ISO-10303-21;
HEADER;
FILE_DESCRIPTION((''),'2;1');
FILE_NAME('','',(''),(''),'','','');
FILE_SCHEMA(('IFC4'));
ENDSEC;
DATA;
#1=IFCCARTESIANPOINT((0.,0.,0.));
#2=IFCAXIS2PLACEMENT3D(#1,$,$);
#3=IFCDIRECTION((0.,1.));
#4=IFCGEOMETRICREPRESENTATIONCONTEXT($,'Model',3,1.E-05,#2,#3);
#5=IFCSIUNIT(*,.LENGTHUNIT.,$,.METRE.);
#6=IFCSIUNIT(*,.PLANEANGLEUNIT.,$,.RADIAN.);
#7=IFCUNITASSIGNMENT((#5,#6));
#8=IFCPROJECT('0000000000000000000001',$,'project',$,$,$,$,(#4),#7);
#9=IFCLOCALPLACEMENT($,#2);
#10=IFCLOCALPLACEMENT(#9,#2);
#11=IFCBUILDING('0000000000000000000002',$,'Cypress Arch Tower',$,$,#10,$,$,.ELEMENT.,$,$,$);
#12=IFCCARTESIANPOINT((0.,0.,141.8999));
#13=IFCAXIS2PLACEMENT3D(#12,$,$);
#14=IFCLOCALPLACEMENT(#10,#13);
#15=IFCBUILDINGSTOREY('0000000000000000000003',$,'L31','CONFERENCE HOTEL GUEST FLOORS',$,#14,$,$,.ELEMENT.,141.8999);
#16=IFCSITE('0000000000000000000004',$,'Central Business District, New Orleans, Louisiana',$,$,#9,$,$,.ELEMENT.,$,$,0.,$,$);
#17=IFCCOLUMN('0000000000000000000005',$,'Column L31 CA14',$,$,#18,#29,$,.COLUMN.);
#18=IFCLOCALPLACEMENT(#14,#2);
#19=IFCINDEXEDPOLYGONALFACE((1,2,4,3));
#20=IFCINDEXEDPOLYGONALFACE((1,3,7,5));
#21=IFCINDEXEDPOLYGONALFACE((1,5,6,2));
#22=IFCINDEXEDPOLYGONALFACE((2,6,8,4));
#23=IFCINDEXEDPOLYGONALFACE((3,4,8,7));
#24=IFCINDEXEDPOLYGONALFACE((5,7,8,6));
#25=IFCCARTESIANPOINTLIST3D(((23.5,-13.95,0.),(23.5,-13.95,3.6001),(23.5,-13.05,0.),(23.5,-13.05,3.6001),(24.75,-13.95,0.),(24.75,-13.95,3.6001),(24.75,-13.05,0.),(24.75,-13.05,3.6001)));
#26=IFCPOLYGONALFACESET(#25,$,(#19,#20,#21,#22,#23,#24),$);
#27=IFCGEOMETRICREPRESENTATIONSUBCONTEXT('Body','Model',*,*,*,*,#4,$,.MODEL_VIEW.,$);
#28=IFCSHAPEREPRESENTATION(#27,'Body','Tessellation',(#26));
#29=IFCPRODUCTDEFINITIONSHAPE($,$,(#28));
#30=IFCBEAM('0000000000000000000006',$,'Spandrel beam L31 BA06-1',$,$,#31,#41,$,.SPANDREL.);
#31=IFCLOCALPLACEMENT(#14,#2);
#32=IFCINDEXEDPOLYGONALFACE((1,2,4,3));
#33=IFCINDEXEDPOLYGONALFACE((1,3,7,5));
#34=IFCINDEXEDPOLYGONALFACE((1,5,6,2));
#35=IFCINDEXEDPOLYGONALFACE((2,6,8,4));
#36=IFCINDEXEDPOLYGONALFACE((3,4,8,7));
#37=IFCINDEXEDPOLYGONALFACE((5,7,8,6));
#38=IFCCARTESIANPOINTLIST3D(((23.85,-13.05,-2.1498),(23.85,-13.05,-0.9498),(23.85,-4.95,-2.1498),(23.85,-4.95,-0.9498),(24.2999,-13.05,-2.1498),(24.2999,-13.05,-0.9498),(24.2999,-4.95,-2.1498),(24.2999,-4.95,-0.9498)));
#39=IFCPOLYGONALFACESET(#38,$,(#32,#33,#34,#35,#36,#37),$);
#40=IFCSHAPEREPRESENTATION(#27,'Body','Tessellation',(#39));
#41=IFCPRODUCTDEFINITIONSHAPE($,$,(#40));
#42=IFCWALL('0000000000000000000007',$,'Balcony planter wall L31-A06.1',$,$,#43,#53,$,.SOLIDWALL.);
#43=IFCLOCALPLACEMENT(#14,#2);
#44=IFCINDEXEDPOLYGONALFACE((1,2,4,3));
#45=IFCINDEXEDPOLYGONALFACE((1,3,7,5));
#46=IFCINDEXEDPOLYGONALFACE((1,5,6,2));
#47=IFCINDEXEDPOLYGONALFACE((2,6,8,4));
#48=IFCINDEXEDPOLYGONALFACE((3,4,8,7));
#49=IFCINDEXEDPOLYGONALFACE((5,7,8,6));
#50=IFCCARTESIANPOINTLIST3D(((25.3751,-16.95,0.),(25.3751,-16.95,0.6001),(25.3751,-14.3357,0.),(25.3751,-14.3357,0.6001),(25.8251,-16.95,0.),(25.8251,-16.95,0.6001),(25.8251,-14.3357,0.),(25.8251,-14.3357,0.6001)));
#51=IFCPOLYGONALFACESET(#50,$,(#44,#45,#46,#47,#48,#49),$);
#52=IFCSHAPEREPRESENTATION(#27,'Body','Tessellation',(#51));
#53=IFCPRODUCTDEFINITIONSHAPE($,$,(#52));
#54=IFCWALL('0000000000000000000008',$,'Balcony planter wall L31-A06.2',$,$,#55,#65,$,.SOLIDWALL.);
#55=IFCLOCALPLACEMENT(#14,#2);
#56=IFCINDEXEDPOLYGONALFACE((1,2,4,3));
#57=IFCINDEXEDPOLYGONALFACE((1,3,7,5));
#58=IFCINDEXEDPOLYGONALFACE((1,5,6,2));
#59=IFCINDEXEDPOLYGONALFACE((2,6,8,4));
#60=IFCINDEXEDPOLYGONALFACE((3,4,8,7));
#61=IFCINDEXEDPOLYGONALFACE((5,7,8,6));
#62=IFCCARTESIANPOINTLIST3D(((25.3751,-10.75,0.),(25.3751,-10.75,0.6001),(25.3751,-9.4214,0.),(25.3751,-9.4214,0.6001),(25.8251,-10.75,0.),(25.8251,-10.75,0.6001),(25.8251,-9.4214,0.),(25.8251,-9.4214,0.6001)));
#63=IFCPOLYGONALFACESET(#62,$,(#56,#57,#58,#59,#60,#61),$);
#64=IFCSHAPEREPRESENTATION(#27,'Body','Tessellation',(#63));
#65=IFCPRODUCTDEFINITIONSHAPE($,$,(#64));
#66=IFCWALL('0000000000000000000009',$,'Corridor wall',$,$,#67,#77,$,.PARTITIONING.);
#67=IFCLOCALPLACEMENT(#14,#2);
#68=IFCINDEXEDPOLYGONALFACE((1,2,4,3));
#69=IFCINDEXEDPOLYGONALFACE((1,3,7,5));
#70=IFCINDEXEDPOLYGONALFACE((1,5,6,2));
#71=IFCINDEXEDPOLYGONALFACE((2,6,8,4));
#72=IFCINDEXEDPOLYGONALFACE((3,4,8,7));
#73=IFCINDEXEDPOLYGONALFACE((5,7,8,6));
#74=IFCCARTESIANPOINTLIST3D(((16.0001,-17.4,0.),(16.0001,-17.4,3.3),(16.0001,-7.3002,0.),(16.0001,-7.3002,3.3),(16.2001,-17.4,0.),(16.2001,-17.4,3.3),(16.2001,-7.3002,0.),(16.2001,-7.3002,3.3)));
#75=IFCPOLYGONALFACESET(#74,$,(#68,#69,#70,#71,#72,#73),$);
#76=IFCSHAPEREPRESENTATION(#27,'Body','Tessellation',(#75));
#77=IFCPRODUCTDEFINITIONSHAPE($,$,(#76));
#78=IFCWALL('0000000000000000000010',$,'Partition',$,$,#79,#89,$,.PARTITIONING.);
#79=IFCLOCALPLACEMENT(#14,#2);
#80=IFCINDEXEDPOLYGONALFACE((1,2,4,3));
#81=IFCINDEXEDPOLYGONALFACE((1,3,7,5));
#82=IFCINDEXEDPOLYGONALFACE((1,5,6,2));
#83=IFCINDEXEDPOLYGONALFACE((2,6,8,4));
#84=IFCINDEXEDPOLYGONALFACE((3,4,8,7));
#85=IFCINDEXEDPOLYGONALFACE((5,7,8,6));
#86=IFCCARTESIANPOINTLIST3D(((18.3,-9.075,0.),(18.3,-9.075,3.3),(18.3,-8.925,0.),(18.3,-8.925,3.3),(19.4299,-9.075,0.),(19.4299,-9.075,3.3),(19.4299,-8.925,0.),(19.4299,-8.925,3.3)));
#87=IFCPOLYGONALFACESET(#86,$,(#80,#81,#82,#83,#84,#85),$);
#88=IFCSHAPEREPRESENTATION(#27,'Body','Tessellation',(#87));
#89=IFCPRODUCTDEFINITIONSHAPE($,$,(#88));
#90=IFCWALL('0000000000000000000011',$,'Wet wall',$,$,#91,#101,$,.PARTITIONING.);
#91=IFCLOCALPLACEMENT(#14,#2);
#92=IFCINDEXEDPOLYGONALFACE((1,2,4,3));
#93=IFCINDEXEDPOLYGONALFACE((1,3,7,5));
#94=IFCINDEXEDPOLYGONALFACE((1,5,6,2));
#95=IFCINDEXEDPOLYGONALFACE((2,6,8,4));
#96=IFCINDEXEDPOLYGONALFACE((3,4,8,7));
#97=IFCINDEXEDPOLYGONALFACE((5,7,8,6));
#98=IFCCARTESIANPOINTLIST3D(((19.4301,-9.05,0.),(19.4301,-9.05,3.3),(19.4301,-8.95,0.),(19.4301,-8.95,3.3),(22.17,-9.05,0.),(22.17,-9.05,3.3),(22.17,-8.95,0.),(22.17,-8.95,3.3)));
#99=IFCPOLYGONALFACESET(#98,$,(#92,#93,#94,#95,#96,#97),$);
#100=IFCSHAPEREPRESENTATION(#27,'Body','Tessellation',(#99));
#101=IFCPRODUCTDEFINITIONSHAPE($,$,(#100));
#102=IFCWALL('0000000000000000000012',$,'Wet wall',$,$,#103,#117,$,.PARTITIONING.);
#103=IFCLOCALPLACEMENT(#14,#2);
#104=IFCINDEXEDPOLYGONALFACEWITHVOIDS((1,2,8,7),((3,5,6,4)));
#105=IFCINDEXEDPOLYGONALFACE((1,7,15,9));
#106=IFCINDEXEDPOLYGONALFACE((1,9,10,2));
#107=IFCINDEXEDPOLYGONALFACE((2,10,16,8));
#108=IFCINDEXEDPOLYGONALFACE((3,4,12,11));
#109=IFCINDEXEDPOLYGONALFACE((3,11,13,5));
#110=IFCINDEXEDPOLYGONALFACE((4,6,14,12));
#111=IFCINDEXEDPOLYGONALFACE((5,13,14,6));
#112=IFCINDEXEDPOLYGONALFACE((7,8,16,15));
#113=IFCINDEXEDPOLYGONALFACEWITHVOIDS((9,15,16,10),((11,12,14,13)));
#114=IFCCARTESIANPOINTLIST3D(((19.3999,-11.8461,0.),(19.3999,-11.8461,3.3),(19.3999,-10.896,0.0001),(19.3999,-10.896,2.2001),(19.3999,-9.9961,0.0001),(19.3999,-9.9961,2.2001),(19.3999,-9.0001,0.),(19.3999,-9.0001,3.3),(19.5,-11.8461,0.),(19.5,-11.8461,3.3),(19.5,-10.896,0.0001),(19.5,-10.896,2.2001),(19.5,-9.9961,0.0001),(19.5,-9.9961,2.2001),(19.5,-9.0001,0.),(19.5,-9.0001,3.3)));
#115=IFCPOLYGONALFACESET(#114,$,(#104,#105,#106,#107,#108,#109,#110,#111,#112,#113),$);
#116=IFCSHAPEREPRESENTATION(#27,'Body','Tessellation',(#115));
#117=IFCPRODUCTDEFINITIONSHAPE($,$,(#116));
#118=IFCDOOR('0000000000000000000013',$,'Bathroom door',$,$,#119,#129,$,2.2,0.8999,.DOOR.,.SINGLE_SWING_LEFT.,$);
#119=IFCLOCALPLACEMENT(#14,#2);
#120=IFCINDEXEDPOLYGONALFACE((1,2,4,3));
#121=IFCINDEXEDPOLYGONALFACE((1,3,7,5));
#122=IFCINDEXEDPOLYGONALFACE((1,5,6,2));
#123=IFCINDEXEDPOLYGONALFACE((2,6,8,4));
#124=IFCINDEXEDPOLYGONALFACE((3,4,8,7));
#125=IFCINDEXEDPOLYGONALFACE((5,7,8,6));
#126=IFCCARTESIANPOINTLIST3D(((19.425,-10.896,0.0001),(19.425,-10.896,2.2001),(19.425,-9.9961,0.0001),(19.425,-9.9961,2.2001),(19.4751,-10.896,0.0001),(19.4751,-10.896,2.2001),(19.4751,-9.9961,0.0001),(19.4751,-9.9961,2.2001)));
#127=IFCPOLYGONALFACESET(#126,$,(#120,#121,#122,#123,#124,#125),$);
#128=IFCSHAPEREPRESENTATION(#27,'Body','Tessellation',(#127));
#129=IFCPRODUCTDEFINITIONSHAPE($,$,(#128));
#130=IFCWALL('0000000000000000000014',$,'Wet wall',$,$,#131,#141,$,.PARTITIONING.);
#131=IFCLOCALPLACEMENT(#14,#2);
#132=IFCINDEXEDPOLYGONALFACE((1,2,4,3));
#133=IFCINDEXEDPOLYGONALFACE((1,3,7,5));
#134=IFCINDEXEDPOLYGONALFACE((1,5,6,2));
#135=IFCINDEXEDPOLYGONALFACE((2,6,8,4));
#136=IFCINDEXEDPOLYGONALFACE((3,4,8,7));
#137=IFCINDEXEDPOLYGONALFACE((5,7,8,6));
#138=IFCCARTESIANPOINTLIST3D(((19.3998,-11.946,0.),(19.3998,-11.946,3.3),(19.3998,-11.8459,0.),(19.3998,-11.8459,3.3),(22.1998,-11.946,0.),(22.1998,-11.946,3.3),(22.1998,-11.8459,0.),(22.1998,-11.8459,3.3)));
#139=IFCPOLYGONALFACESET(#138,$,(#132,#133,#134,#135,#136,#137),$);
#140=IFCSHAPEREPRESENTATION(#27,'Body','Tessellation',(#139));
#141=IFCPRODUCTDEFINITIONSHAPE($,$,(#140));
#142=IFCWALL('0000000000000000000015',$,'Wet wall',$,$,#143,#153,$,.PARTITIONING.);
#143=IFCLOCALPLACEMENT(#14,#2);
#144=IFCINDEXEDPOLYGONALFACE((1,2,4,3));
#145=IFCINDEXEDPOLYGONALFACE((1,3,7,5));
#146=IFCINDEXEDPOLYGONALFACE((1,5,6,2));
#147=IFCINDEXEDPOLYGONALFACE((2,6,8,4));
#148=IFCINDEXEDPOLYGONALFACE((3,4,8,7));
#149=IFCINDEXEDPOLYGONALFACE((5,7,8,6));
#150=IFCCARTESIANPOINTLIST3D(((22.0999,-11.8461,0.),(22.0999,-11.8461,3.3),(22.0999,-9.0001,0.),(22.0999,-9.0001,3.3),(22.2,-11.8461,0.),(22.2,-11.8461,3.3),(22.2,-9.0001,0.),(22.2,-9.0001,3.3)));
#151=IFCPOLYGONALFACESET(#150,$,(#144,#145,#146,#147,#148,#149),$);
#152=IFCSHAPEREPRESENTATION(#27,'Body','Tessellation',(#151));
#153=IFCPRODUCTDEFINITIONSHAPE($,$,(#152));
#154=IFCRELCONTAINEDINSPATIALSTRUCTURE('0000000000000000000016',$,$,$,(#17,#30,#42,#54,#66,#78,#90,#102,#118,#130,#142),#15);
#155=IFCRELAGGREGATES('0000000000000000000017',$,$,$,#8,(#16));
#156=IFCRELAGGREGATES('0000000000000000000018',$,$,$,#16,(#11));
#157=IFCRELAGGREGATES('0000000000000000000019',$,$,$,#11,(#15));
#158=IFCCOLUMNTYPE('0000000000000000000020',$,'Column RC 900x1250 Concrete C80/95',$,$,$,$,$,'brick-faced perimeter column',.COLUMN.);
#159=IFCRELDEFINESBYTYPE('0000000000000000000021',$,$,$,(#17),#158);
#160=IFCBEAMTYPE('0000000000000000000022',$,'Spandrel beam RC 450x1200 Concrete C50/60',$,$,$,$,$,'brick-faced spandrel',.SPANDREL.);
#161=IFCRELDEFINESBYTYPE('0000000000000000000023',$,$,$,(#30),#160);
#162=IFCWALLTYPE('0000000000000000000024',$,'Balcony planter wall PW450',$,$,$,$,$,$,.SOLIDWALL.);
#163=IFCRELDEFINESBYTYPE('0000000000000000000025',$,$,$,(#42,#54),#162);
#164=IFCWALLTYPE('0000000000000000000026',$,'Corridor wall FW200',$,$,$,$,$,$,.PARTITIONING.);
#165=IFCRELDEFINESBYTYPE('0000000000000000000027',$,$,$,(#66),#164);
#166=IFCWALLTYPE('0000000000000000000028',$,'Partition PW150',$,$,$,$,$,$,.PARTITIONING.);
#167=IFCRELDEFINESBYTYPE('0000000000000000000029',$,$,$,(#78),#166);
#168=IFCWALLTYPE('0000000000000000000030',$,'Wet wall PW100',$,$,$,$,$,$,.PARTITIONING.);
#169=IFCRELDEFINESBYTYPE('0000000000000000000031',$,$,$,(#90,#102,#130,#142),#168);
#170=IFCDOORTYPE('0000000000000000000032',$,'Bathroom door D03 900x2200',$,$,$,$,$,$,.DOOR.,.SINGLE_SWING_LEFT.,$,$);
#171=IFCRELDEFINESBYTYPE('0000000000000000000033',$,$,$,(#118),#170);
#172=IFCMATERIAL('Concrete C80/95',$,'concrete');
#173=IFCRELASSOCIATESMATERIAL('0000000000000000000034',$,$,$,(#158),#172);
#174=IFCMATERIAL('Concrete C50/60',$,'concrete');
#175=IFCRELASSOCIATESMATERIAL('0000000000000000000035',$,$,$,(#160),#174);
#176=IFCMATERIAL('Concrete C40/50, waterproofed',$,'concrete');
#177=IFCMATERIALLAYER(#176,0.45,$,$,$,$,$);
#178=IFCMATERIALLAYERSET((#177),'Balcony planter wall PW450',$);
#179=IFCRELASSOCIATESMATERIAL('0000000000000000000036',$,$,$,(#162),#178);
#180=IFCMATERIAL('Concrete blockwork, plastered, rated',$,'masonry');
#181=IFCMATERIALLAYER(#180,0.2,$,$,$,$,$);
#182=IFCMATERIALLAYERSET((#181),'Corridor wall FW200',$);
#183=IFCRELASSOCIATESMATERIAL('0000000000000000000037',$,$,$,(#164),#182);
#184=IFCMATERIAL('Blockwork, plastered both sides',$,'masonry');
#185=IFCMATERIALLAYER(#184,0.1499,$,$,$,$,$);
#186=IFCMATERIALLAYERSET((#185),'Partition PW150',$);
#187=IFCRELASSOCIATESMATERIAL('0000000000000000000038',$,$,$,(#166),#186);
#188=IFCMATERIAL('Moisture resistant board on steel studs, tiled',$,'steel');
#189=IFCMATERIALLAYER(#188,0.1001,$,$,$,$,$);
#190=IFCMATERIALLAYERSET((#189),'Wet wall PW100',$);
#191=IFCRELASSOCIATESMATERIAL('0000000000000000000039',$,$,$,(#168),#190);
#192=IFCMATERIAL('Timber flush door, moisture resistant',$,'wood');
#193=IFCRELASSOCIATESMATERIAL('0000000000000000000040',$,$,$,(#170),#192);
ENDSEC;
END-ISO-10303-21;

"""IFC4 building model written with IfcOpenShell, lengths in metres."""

from ifc_helpers import new_model, si_unit, direction, frame, frame_2d, origin, origin_2d, place, context, subcontext, project, spatial, rectangle, extrude, material, layer, layer_set, material_profile, profile_set, type_object, element, fill, save


model = new_model("IFC4")

# Units and contexts
model_context = context("Model", 3, precision=1e-05, world=origin(), true_north=direction((0.0, 1.0)))
body_context = subcontext(model_context, "Body", "Model", "MODEL_VIEW")
ifc_project = project(units=[si_unit("LENGTHUNIT", "METRE"), si_unit("PLANEANGLEUNIT", "RADIAN")], contexts=[model_context])

# Site, building, storey
site_placement = place(None, origin())
site = spatial("IfcSite", under=ifc_project, at=site_placement, Name="Central Business District, New Orleans, Louisiana", CompositionType="ELEMENT", RefElevation=0.0)
building_placement = place(site_placement, origin())
building = spatial("IfcBuilding", under=site, at=building_placement, Name="Cypress Arch Tower", CompositionType="ELEMENT")
storey_placement = place(building_placement, frame((0.0, 0.0, 141.8999)))
storey = spatial("IfcBuildingStorey", under=building, at=storey_placement, Name="L31", Description="CONFERENCE HOTEL GUEST FLOORS", CompositionType="ELEMENT", Elevation=141.8999)

# Column
ifc_material_1 = material(Name="Concrete C80/95", Category="concrete")
ifc_material_profile_1 = material_profile(ifc_material_1, rectangle(XDim=0.8999, YDim=1.25, at=origin_2d()), Name="RC 900x1250")
ifc_profile_set_1 = profile_set([ifc_material_profile_1], Name="Concrete C80/95")
column_type = type_object("IfcColumnType", Name="Column RC 900x1250 Concrete C80/95", ElementType="brick-faced perimeter column", PredefinedType="COLUMN", material=ifc_profile_set_1)
column_placement = place(storey_placement, frame((24.125, -13.5, 0.0), z_axis=(0.0, 0.0, 1.0), x_axis=(0.0, 1.0, 0.0)))
element("IfcColumn", 1, at=column_placement, inside=storey, type_object=column_type, Name="Column L31 CA14", PredefinedType="COLUMN", context=body_context, shape_type="SweptSolid", body=[
    extrude(rectangle(XDim=0.8999, YDim=1.25, at=origin_2d()), origin(), (0.0, 0.0, 1.0), 3.6001),
])

# Beam
ifc_material_2 = material(Name="Concrete C50/60", Category="concrete")
ifc_material_profile_2 = material_profile(ifc_material_2, rectangle(XDim=0.45, YDim=1.2, at=origin_2d()), Name="RC 450x1200")
ifc_profile_set_2 = profile_set([ifc_material_profile_2], Name="Concrete C50/60")
beam_type = type_object("IfcBeamType", Name="Spandrel beam RC 450x1200 Concrete C50/60", ElementType="brick-faced spandrel", PredefinedType="SPANDREL", material=ifc_profile_set_2)
beam_placement = place(storey_placement, frame((24.075, -13.05, -1.5498), z_axis=(0.0, 1.0, 0.0), x_axis=(-1.0, 0.0, 0.0)))
element("IfcBeam", 2, at=beam_placement, inside=storey, type_object=beam_type, Name="Spandrel beam L31 BA06-1", PredefinedType="SPANDREL", context=body_context, shape_type="SweptSolid", body=[
    extrude(rectangle(XDim=0.45, YDim=1.2, at=origin_2d()), origin(), (0.0, 0.0, 1.0), 8.1001),
])

# Walls
ifc_material_3 = material(Name="Concrete C40/50, waterproofed", Category="concrete")
ifc_layer_1 = layer(ifc_material_3, 0.45)
ifc_layer_set_1 = layer_set([ifc_layer_1], Name="Balcony planter wall PW450")
wall_type_1 = type_object("IfcWallType", Name="Balcony planter wall PW450", PredefinedType="SOLIDWALL", material=ifc_layer_set_1)
wall_1_placement = place(storey_placement, frame((25.6001, -16.95, 0.0), z_axis=(0.0, 0.0, 1.0), x_axis=(0.0, 1.0, 0.0)))
element("IfcWall", 3, at=wall_1_placement, inside=storey, type_object=wall_type_1, Name="Balcony planter wall L31-A06.1", PredefinedType="SOLIDWALL", context=body_context, shape_type="SweptSolid", body=[
    extrude(rectangle(XDim=2.6143, YDim=0.45, at=frame_2d((1.3071, 0.0))), origin(), (0.0, 0.0, 1.0), 0.6001),
])
wall_2_placement = place(storey_placement, frame((25.6001, -10.75, 0.0), z_axis=(0.0, 0.0, 1.0), x_axis=(0.0, 1.0, 0.0)))
element("IfcWall", 4, at=wall_2_placement, inside=storey, type_object=wall_type_1, Name="Balcony planter wall L31-A06.2", PredefinedType="SOLIDWALL", context=body_context, shape_type="SweptSolid", body=[
    extrude(rectangle(XDim=1.3286, YDim=0.45, at=frame_2d((0.6643, 0.0))), origin(), (0.0, 0.0, 1.0), 0.6001),
])

# Walls
ifc_material_4 = material(Name="Concrete blockwork, plastered, rated", Category="masonry")
ifc_layer_2 = layer(ifc_material_4, 0.2)
ifc_layer_set_2 = layer_set([ifc_layer_2], Name="Corridor wall FW200")
wall_type_2 = type_object("IfcWallType", Name="Corridor wall FW200", PredefinedType="PARTITIONING", material=ifc_layer_set_2)
wall_3_placement = place(storey_placement, frame((16.1001, -17.3999, 0.0), z_axis=(0.0, 0.0, 1.0), x_axis=(0.0, 1.0, 0.0)))
element("IfcWall", 5, at=wall_3_placement, inside=storey, type_object=wall_type_2, Name="Corridor wall", PredefinedType="PARTITIONING", context=body_context, shape_type="SweptSolid", body=[
    extrude(rectangle(XDim=10.0999, YDim=0.2, at=frame_2d((5.0498, 0.0))), origin(), (0.0, 0.0, 1.0), 3.3),
])
ifc_material_5 = material(Name="Blockwork, plastered both sides", Category="masonry")
ifc_layer_3 = layer(ifc_material_5, 0.1499)
ifc_layer_set_3 = layer_set([ifc_layer_3], Name="Partition PW150")
wall_type_3 = type_object("IfcWallType", Name="Partition PW150", PredefinedType="PARTITIONING", material=ifc_layer_set_3)
wall_4_placement = place(storey_placement, frame((18.3, -9.0, 0.0), z_axis=(0.0, 0.0, 1.0), x_axis=(1.0, 0.0, 0.0)))
element("IfcWall", 6, at=wall_4_placement, inside=storey, type_object=wall_type_3, Name="Partition", PredefinedType="PARTITIONING", context=body_context, shape_type="SweptSolid", body=[
    extrude(rectangle(XDim=1.1299, YDim=0.1499, at=frame_2d((0.5649, 0.0))), origin(), (0.0, 0.0, 1.0), 3.3),
])
ifc_material_6 = material(Name="Moisture resistant board on steel studs, tiled", Category="steel")
ifc_layer_4 = layer(ifc_material_6, 0.1001)
ifc_layer_set_4 = layer_set([ifc_layer_4], Name="Wet wall PW100")
wall_type_4 = type_object("IfcWallType", Name="Wet wall PW100", PredefinedType="PARTITIONING", material=ifc_layer_set_4)
wall_5_placement = place(storey_placement, frame((19.4299, -9.0, 0.0), z_axis=(0.0, 0.0, 1.0), x_axis=(1.0, 0.0, 0.0)))
element("IfcWall", 7, at=wall_5_placement, inside=storey, type_object=wall_type_4, Name="Wet wall", PredefinedType="PARTITIONING", context=body_context, shape_type="SweptSolid", body=[
    extrude(rectangle(XDim=2.74, YDim=0.1001, at=frame_2d((1.3701, 0.0))), origin(), (0.0, 0.0, 1.0), 3.3),
])

# Wall, opening, door
wall_6_placement = place(storey_placement, frame((19.45, -11.8459, 0.0), z_axis=(0.0, 0.0, 1.0), x_axis=(0.0, 1.0, 0.0)))
wall_6 = element("IfcWall", 8, at=wall_6_placement, inside=storey, type_object=wall_type_4, Name="Wet wall", PredefinedType="PARTITIONING", context=body_context, shape_type="SweptSolid", body=[
    extrude(rectangle(XDim=2.8459, YDim=0.1001, at=frame_2d((1.4229, 0.0))), origin(), (0.0, 0.0, 1.0), 3.3),
])
opening_1_placement = place(wall_6_placement, frame((0.95, 0.0, 0.0)))
opening_1 = element("IfcOpeningElement", 9, at=opening_1_placement, cuts=wall_6, PredefinedType="OPENING", context=body_context, shape_type="SweptSolid", body=[
    extrude(rectangle(XDim=0.8999, YDim=2.2, at=frame_2d((0.45, 1.1001))), frame((0.0, 0.0601, 0.0), z_axis=(0.0, -1.0, 0.0), x_axis=(1.0, 0.0, 0.0)), (0.0, 0.0, 1.0), 0.1201),
])
ifc_material_7 = material(Name="Timber flush door, moisture resistant", Category="wood")
door_type_1 = type_object("IfcDoorType", Name="Bathroom door D03 900x2200", OperationType="SINGLE_SWING_LEFT", PredefinedType="DOOR", material=ifc_material_7)
door_1_placement = place(opening_1_placement, origin())
door_1 = element("IfcDoor", 10, at=door_1_placement, inside=storey, type_object=door_type_1, Name="Bathroom door", OperationType="SINGLE_SWING_LEFT", OverallHeight=2.2, OverallWidth=0.8999, PredefinedType="DOOR", context=body_context, shape_type="SweptSolid", body=[
    extrude(rectangle(XDim=0.8999, YDim=2.2, at=frame_2d((0.45, 1.1001))), frame((0.0, 0.0249, 0.0), z_axis=(0.0, -1.0, 0.0), x_axis=(1.0, 0.0, 0.0)), (0.0, 0.0, 1.0), 0.05),
])
fill(opening_1, door_1)

# Walls
wall_7_placement = place(storey_placement, frame((19.3999, -11.896, 0.0), z_axis=(0.0, 0.0, 1.0), x_axis=(1.0, 0.0, 0.0)))
element("IfcWall", 11, at=wall_7_placement, inside=storey, type_object=wall_type_4, Name="Wet wall", PredefinedType="PARTITIONING", context=body_context, shape_type="SweptSolid", body=[
    extrude(rectangle(XDim=2.8, YDim=0.1001, at=frame_2d((1.3999, 0.0))), origin(), (0.0, 0.0, 1.0), 3.3),
])
wall_8_placement = place(storey_placement, frame((22.1499, -11.8459, 0.0), z_axis=(0.0, 0.0, 1.0), x_axis=(0.0, 1.0, 0.0)))
element("IfcWall", 12, at=wall_8_placement, inside=storey, type_object=wall_type_4, Name="Wet wall", PredefinedType="PARTITIONING", context=body_context, shape_type="SweptSolid", body=[
    extrude(rectangle(XDim=2.8459, YDim=0.1001, at=frame_2d((1.4229, 0.0))), origin(), (0.0, 0.0, 1.0), 3.3),
])

save(model, "model.ifc")
